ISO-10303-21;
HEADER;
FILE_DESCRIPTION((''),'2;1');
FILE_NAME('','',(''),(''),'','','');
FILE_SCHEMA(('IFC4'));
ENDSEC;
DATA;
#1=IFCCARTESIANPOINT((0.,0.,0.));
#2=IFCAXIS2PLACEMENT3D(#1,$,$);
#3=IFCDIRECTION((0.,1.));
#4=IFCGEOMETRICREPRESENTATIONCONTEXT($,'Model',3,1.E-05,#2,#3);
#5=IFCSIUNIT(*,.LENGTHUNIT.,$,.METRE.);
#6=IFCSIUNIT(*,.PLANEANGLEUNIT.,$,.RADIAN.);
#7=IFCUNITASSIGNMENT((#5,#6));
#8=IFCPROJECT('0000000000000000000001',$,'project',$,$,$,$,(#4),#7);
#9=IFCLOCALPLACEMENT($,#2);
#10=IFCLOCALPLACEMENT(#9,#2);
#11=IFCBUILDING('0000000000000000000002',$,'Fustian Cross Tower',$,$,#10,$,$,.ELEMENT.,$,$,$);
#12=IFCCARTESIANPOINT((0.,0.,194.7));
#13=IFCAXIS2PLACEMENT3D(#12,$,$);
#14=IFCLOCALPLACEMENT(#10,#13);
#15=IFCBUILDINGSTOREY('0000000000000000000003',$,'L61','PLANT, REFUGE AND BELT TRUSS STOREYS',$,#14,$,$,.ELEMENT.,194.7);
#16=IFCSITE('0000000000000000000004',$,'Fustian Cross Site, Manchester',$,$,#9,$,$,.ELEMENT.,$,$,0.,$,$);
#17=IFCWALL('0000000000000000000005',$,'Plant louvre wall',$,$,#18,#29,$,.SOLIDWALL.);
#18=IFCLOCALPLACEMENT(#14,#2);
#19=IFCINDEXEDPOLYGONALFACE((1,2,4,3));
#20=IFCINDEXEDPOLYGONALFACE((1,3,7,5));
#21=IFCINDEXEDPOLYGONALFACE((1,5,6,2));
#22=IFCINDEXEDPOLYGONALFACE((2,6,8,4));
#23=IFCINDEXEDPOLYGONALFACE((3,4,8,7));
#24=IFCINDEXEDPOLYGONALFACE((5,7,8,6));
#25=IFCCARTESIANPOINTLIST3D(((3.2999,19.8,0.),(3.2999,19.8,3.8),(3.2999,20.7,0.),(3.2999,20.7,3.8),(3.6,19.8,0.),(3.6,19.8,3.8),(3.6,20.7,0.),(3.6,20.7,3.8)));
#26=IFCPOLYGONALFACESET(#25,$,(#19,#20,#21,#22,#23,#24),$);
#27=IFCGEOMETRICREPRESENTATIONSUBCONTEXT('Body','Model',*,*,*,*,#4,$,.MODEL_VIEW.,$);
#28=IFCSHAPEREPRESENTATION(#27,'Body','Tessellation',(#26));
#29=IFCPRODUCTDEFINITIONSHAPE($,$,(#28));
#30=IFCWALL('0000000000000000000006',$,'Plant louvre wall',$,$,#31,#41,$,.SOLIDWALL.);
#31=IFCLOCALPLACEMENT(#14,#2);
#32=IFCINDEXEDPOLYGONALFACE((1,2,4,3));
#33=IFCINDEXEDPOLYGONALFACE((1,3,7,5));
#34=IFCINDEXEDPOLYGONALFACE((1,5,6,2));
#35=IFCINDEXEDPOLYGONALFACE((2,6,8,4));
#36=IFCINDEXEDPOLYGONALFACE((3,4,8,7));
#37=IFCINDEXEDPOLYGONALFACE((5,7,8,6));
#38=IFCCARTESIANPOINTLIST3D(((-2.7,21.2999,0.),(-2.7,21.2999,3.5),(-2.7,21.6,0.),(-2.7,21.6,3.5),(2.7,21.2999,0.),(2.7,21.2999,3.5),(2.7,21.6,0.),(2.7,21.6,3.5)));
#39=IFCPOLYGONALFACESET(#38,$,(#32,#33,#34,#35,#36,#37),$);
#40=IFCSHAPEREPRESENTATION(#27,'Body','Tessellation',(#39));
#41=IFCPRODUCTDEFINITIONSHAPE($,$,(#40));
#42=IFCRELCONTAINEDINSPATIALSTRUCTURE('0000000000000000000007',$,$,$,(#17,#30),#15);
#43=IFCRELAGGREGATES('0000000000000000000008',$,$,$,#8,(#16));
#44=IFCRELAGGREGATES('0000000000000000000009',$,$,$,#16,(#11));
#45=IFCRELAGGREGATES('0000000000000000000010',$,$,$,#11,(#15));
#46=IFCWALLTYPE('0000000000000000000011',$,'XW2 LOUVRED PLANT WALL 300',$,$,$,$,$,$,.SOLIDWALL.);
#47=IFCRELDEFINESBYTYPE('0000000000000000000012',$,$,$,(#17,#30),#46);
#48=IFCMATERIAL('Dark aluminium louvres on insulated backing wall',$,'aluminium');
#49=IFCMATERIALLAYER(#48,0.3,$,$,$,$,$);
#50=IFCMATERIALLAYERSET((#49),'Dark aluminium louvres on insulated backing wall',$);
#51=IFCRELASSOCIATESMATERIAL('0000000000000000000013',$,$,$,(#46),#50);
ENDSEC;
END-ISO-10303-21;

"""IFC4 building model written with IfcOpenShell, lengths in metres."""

from ifc_helpers import new_model, si_unit, direction, frame, frame_2d, origin, place, context, subcontext, project, spatial, rectangle, extrude, material, layer, layer_set, type_object, element, save


model = new_model("IFC4")

# Units and contexts
model_context = context("Model", 3, precision=1e-05, world=origin(), true_north=direction((0.0, 1.0)))
body_context = subcontext(model_context, "Body", "Model", "MODEL_VIEW")
ifc_project = project(units=[si_unit("LENGTHUNIT", "METRE"), si_unit("PLANEANGLEUNIT", "RADIAN")], contexts=[model_context])

# Site, building, storey
site_placement = place(None, origin())
site = spatial("IfcSite", under=ifc_project, at=site_placement, Name="Fustian Cross Site, Manchester", CompositionType="ELEMENT", RefElevation=0.0)
building_placement = place(site_placement, origin())
building = spatial("IfcBuilding", under=site, at=building_placement, Name="Fustian Cross Tower", CompositionType="ELEMENT")
storey_placement = place(building_placement, frame((0.0, 0.0, 194.7)))
storey = spatial("IfcBuildingStorey", under=building, at=storey_placement, Name="L61", Description="PLANT, REFUGE AND BELT TRUSS STOREYS", CompositionType="ELEMENT", Elevation=194.7)

# Walls
ifc_material_1 = material(Name="Dark aluminium louvres on insulated backing wall", Category="aluminium")
ifc_layer_1 = layer(ifc_material_1, 0.3)
ifc_layer_set_1 = layer_set([ifc_layer_1], Name="Dark aluminium louvres on insulated backing wall")
wall_type_1 = type_object("IfcWallType", Name="XW2 LOUVRED PLANT WALL 300", PredefinedType="SOLIDWALL", material=ifc_layer_set_1)
wall_1_placement = place(storey_placement, frame((3.45, 19.8, 0.0), z_axis=(0.0, 0.0, 1.0), x_axis=(0.0, 1.0, 0.0)))
element("IfcWall", 1, at=wall_1_placement, inside=storey, type_object=wall_type_1, Name="Plant louvre wall", PredefinedType="SOLIDWALL", context=body_context, shape_type="SweptSolid", body=[
    extrude(rectangle(XDim=0.8999, YDim=0.3, at=frame_2d((0.45, 0.0))), origin(), (0.0, 0.0, 1.0), 3.8),
])
wall_2_placement = place(storey_placement, frame((2.7, 21.45, 0.0), z_axis=(0.0, 0.0, 1.0), x_axis=(-1.0, 0.0, 0.0)))
element("IfcWall", 2, at=wall_2_placement, inside=storey, type_object=wall_type_1, Name="Plant louvre wall", PredefinedType="SOLIDWALL", context=body_context, shape_type="SweptSolid", body=[
    extrude(rectangle(XDim=5.3999, YDim=0.3, at=frame_2d((2.7, 0.0))), origin(), (0.0, 0.0, 1.0), 3.5),
])

save(model, "model.ifc")
